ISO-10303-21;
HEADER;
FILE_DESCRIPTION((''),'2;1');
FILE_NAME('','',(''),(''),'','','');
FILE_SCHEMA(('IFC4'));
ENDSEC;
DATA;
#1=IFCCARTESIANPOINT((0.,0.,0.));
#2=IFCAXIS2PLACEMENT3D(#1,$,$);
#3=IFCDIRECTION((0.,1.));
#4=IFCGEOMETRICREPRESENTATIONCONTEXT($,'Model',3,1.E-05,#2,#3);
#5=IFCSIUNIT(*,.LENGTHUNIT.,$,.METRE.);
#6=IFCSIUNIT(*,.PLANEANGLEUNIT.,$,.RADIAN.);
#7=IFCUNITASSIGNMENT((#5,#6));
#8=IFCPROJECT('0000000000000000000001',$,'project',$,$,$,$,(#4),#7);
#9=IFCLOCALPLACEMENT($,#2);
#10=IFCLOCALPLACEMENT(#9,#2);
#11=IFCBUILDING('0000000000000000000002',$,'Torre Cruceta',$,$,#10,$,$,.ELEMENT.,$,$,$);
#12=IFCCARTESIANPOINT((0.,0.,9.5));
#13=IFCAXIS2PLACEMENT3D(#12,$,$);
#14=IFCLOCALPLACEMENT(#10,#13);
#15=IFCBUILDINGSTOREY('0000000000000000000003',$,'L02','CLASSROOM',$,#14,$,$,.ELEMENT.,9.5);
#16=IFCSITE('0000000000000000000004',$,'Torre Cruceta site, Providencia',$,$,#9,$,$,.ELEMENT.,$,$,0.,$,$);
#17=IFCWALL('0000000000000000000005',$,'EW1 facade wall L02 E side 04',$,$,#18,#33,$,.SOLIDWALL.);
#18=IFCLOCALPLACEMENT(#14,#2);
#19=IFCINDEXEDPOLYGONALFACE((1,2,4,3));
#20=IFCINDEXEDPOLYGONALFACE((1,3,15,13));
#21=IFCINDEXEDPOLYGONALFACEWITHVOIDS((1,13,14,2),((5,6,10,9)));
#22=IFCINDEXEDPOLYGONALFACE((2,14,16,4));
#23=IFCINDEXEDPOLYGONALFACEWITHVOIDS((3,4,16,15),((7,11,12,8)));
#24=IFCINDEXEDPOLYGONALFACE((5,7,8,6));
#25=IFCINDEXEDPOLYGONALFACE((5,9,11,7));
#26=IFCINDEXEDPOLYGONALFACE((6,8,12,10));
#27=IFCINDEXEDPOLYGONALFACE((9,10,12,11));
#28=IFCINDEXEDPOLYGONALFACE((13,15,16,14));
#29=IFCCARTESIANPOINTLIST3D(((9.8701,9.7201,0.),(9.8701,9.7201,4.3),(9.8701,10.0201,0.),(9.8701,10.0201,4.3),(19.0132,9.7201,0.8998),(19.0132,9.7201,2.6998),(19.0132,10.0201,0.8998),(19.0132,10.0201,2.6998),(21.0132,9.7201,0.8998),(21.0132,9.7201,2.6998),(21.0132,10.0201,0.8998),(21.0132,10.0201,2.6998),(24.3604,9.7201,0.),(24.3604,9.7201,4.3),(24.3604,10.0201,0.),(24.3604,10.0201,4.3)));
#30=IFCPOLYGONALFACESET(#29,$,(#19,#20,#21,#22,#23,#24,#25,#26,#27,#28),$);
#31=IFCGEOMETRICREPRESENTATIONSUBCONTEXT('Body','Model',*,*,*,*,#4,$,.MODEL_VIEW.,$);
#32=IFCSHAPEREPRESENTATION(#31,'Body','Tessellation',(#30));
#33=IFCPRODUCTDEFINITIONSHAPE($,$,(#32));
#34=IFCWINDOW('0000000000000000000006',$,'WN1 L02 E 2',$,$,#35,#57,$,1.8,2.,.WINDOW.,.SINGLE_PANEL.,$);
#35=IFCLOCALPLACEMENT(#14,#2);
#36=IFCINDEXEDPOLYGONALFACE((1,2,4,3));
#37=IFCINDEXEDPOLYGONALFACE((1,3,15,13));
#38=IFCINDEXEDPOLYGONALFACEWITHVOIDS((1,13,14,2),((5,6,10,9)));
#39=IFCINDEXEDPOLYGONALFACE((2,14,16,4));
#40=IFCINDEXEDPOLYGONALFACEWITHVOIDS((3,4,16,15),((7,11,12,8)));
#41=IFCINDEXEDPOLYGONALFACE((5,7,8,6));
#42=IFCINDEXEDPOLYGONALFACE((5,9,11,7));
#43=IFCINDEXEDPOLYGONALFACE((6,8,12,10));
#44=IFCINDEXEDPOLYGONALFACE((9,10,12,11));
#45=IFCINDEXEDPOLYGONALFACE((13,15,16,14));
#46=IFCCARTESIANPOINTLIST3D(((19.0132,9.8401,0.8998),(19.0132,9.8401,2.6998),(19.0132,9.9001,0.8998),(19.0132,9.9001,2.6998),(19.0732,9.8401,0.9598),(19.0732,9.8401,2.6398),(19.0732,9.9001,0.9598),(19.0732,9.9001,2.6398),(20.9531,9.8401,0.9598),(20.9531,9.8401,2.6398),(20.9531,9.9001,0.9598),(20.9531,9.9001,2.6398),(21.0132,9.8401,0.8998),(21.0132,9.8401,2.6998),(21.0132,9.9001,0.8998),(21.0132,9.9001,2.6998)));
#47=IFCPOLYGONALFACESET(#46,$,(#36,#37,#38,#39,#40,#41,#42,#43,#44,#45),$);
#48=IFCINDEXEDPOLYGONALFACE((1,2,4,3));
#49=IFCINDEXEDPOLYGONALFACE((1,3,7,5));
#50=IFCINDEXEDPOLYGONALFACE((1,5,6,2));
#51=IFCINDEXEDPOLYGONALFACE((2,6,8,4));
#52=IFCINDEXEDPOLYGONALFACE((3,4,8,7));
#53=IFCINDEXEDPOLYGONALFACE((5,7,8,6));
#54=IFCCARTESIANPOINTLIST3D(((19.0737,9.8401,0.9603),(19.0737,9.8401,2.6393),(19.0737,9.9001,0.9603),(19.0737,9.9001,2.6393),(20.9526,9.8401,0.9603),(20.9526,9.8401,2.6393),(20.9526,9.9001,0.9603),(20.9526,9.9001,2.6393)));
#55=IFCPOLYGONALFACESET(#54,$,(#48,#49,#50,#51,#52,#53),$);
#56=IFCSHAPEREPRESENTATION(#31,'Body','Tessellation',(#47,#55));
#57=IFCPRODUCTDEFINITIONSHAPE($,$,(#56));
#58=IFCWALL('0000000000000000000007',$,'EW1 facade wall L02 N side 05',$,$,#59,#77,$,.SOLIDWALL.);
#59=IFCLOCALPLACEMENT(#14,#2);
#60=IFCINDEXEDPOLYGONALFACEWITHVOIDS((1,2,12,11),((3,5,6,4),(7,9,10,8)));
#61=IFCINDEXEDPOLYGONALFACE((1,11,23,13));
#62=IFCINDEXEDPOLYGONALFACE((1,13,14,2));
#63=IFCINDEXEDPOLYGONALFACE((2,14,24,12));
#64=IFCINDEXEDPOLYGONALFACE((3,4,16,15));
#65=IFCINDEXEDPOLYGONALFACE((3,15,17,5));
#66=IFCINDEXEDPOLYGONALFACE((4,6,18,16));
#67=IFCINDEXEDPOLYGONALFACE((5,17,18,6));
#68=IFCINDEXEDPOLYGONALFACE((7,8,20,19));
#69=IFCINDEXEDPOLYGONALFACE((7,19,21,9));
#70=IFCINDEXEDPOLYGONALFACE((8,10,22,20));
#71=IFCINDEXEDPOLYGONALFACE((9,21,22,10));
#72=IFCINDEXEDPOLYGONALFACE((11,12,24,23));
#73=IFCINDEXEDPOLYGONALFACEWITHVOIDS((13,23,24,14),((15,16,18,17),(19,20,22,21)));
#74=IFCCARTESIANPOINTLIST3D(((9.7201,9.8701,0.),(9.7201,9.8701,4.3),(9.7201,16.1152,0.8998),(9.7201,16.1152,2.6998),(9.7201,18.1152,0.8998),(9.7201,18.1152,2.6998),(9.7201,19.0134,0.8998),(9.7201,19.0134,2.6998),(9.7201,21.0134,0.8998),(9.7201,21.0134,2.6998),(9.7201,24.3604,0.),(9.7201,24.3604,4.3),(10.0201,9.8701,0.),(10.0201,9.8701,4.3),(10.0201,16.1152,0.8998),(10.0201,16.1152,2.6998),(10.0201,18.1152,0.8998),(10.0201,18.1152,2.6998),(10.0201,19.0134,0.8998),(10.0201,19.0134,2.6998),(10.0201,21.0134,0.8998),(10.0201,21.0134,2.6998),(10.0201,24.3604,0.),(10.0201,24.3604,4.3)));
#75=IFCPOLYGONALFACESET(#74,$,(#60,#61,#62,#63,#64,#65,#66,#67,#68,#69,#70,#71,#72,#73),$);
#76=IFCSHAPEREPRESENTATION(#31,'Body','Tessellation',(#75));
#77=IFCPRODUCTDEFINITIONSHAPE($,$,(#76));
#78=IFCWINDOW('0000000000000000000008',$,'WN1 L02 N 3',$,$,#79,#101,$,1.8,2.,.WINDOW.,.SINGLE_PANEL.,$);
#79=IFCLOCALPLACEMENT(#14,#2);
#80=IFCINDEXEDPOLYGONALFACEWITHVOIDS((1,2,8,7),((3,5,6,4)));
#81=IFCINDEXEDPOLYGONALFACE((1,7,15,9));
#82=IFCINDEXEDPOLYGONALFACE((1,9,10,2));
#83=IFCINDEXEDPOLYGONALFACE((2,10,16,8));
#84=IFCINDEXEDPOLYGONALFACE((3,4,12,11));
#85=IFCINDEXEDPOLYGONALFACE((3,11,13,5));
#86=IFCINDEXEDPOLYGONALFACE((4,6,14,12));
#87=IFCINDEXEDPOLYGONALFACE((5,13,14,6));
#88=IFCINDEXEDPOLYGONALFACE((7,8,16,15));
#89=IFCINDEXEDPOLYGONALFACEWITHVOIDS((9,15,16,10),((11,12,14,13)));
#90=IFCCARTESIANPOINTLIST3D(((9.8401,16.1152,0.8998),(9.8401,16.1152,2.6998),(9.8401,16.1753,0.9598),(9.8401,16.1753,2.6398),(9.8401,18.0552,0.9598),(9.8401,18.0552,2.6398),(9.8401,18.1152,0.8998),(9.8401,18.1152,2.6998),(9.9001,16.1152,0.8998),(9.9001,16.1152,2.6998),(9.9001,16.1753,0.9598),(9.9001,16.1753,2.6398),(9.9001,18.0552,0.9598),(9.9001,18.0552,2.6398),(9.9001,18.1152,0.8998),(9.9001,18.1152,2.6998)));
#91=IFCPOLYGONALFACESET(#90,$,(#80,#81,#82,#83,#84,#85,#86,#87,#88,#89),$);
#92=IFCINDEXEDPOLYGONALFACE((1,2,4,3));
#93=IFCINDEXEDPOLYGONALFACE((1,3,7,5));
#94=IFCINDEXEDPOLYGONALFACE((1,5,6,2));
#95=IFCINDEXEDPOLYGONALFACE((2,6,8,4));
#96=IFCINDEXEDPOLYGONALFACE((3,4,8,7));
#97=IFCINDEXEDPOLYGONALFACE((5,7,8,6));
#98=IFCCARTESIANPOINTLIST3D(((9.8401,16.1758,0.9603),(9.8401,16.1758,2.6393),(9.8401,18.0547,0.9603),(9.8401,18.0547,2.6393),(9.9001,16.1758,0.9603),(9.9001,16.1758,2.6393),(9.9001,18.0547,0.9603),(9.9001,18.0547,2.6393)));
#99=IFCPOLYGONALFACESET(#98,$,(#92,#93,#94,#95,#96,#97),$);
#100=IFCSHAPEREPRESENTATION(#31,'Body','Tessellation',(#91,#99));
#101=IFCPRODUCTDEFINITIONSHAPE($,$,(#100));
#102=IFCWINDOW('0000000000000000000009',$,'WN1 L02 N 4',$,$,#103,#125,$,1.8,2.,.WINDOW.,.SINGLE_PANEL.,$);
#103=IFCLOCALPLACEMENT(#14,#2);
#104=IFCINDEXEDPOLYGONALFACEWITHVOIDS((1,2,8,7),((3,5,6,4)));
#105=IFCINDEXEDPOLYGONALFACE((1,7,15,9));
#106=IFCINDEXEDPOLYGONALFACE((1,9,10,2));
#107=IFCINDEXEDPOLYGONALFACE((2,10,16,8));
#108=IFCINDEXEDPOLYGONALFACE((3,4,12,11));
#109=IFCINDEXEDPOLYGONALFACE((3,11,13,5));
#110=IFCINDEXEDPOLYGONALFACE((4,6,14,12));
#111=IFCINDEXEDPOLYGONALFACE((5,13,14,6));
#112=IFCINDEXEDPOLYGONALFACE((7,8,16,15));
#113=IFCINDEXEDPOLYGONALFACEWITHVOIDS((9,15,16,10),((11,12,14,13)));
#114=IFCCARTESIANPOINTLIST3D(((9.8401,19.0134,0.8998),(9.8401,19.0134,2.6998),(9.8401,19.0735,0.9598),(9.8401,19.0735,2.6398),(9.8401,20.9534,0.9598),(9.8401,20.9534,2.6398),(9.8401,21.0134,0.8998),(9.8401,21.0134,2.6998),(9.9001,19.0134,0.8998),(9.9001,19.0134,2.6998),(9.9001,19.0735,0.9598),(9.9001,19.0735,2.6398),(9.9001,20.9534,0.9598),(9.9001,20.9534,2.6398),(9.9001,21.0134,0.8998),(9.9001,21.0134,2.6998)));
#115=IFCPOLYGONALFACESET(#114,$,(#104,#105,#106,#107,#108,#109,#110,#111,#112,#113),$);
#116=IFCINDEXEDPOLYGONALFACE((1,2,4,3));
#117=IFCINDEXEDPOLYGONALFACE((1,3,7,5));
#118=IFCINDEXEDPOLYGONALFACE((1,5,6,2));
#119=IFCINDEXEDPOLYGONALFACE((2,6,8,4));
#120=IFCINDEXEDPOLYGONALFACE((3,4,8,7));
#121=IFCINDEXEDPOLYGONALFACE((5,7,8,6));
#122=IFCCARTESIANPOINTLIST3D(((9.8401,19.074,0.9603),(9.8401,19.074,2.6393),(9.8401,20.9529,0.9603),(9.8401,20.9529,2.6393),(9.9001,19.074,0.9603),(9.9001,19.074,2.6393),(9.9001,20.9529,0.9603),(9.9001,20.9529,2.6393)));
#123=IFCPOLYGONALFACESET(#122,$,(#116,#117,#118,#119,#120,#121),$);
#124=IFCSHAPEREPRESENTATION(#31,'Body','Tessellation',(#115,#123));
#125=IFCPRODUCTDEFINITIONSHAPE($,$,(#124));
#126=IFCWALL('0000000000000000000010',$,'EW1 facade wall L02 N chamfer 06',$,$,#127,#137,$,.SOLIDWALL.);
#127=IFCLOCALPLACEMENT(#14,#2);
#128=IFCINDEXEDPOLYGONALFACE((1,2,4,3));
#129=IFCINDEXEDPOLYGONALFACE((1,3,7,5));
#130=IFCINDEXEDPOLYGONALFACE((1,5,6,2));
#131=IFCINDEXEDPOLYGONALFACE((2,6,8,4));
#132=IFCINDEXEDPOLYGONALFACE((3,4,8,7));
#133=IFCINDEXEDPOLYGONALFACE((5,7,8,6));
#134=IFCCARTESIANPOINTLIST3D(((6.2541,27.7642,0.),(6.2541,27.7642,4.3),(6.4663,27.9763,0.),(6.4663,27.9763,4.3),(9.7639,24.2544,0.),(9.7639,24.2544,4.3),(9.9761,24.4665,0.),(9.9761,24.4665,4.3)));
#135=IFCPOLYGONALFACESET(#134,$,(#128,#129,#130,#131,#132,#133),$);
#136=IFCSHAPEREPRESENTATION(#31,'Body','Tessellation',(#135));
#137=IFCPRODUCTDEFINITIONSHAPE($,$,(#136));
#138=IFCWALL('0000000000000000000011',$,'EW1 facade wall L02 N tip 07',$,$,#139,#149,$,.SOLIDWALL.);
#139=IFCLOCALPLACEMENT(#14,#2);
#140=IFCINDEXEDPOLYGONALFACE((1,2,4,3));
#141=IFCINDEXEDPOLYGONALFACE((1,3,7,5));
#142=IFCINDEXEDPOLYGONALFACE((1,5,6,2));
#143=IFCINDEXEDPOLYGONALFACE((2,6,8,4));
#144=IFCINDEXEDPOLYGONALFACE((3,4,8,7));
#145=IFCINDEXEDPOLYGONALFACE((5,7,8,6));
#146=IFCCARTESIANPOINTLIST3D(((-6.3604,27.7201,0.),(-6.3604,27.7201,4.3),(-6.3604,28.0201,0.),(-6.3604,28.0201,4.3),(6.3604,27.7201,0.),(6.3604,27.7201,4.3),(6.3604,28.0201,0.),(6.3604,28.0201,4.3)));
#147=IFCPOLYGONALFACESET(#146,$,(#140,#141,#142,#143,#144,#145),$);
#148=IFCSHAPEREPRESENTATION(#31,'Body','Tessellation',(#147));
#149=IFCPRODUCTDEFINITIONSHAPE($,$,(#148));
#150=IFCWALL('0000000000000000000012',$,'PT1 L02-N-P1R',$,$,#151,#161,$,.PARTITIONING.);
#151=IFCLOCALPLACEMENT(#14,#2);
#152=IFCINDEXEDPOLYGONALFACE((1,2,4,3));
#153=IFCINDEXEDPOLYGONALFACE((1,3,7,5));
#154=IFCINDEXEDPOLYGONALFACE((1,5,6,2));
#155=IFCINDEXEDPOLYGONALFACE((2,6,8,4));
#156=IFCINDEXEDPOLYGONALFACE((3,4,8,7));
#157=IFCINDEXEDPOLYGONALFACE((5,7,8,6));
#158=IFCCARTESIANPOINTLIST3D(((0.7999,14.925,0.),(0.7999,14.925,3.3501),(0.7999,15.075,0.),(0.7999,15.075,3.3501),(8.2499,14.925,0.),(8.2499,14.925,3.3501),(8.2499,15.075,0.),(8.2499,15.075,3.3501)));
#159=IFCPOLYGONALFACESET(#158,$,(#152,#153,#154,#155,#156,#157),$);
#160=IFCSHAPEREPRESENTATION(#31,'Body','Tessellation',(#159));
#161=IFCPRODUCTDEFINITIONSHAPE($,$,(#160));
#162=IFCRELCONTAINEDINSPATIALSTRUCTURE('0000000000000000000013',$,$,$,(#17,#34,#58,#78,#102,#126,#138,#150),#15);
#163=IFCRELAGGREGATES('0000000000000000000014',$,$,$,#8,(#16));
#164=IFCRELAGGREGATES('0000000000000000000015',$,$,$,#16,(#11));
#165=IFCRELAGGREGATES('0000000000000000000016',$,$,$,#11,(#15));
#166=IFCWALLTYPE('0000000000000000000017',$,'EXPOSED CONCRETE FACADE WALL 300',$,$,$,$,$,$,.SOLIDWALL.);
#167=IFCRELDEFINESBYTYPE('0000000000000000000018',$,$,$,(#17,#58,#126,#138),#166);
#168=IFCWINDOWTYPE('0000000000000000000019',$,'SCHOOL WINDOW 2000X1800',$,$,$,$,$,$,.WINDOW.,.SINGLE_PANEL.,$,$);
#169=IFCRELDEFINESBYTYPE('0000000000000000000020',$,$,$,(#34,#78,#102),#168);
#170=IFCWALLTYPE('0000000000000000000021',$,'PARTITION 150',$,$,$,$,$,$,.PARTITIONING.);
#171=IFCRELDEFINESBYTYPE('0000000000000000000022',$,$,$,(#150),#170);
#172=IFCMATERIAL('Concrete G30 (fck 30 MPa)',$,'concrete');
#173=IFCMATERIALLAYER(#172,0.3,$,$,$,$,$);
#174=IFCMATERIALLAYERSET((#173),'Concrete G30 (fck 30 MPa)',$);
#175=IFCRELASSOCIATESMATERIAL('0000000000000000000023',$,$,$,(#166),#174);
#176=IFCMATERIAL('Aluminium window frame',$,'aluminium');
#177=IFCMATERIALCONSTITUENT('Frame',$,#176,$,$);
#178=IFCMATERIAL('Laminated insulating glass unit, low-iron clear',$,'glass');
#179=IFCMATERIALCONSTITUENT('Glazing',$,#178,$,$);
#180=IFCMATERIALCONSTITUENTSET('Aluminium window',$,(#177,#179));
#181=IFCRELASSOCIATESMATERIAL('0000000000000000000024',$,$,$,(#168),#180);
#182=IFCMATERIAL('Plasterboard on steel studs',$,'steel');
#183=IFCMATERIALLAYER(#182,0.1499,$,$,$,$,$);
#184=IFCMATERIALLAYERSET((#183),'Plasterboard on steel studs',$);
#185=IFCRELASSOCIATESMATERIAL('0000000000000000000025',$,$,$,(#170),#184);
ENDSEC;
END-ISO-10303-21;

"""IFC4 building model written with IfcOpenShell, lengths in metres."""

from ifc_helpers import new_model, si_unit, direction, frame, frame_2d, origin, place, context, subcontext, project, spatial, rectangle, hollow_rectangle, extrude, material, layer, layer_set, constituent, constituent_set, type_object, element, fill, save


model = new_model("IFC4")

# Units and contexts
model_context = context("Model", 3, precision=1e-05, world=origin(), true_north=direction((0.0, 1.0)))
body_context = subcontext(model_context, "Body", "Model", "MODEL_VIEW")
ifc_project = project(units=[si_unit("LENGTHUNIT", "METRE"), si_unit("PLANEANGLEUNIT", "RADIAN")], contexts=[model_context])

# Site, building, storey
site_placement = place(None, origin())
site = spatial("IfcSite", under=ifc_project, at=site_placement, Name="Torre Cruceta site, Providencia", CompositionType="ELEMENT", RefElevation=0.0)
building_placement = place(site_placement, origin())
building = spatial("IfcBuilding", under=site, at=building_placement, Name="Torre Cruceta", CompositionType="ELEMENT")
storey_placement = place(building_placement, frame((0.0, 0.0, 9.5)))
storey = spatial("IfcBuildingStorey", under=building, at=storey_placement, Name="L02", Description="CLASSROOM", CompositionType="ELEMENT", Elevation=9.5)

# Wall, opening, window
ifc_material_1 = material(Name="Concrete G30 (fck 30 MPa)", Category="concrete")
ifc_layer_1 = layer(ifc_material_1, 0.3)
ifc_layer_set_1 = layer_set([ifc_layer_1], Name="Concrete G30 (fck 30 MPa)")
wall_type_1 = type_object("IfcWallType", Name="EXPOSED CONCRETE FACADE WALL 300", PredefinedType="SOLIDWALL", material=ifc_layer_set_1)
wall_1_placement = place(storey_placement, frame((24.3604, 9.8701, 0.0), z_axis=(0.0, 0.0, 1.0), x_axis=(-1.0, 0.0, 0.0)))
wall_1 = element("IfcWall", 1, at=wall_1_placement, inside=storey, type_object=wall_type_1, Name="EW1 facade wall L02 E side 04", PredefinedType="SOLIDWALL", context=body_context, shape_type="SweptSolid", body=[
    extrude(rectangle(XDim=14.4902, YDim=0.3, at=frame_2d((7.2451, 0.0))), origin(), (0.0, 0.0, 1.0), 4.3),
])
opening_1_placement = place(wall_1_placement, frame((3.3472, 0.0, 0.8999)))
opening_1 = element("IfcOpeningElement", 2, at=opening_1_placement, cuts=wall_1, PredefinedType="OPENING", context=body_context, shape_type="SweptSolid", body=[
    extrude(rectangle(XDim=2.0, YDim=1.8, at=frame_2d((1.0, 0.8999))), frame((0.0, 0.1599, 0.0), z_axis=(0.0, -1.0, 0.0), x_axis=(1.0, 0.0, 0.0)), (0.0, 0.0, 1.0), 0.3201),
])
ifc_material_2 = material(Name="Aluminium window frame", Category="aluminium")
ifc_constituent_1 = constituent(ifc_material_2, Name="Frame")
ifc_material_3 = material(Name="Laminated insulating glass unit, low-iron clear", Category="glass")
ifc_constituent_2 = constituent(ifc_material_3, Name="Glazing")
ifc_constituent_set_1 = constituent_set(constituents=[ifc_constituent_1, ifc_constituent_2], Name="Aluminium window")
window_type = type_object("IfcWindowType", Name="SCHOOL WINDOW 2000X1800", PartitioningType="SINGLE_PANEL", PredefinedType="WINDOW", material=ifc_constituent_set_1)
window_1_placement = place(opening_1_placement, origin())
window_1 = element("IfcWindow", 3, at=window_1_placement, inside=storey, type_object=window_type, Name="WN1 L02 E 2", OverallHeight=1.8, OverallWidth=2.0, PartitioningType="SINGLE_PANEL", PredefinedType="WINDOW", context=body_context, shape_type="SweptSolid", body=[
    extrude(hollow_rectangle(XDim=2.0, YDim=1.8, WallThickness=0.0601, at=frame_2d((1.0, 0.8999))), frame((0.0, 0.03, 0.0), z_axis=(0.0, -1.0, 0.0), x_axis=(1.0, 0.0, 0.0)), (0.0, 0.0, 1.0), 0.0601),
    extrude(rectangle(XDim=1.8789, YDim=1.679, at=frame_2d((1.0, 0.8999))), frame((0.0, 0.03, 0.0), z_axis=(0.0, -1.0, 0.0), x_axis=(1.0, 0.0, 0.0)), (0.0, 0.0, 1.0), 0.0601),
])
fill(opening_1, window_1)

# Wall, openings, windows
wall_2_placement = place(storey_placement, frame((9.8701, 9.8701, 0.0), z_axis=(0.0, 0.0, 1.0), x_axis=(0.0, 1.0, 0.0)))
wall_2 = element("IfcWall", 4, at=wall_2_placement, inside=storey, type_object=wall_type_1, Name="EW1 facade wall L02 N side 05", PredefinedType="SOLIDWALL", context=body_context, shape_type="SweptSolid", body=[
    extrude(rectangle(XDim=14.4902, YDim=0.3, at=frame_2d((7.2451, 0.0))), origin(), (0.0, 0.0, 1.0), 4.3),
])
opening_2_placement = place(wall_2_placement, frame((6.2451, 0.0, 0.8999)))
opening_2 = element("IfcOpeningElement", 5, at=opening_2_placement, cuts=wall_2, PredefinedType="OPENING", context=body_context, shape_type="SweptSolid", body=[
    extrude(rectangle(XDim=2.0, YDim=1.8, at=frame_2d((1.0, 0.8999))), frame((0.0, 0.1599, 0.0), z_axis=(0.0, -1.0, 0.0), x_axis=(1.0, 0.0, 0.0)), (0.0, 0.0, 1.0), 0.3201),
])
opening_3_placement = place(wall_2_placement, frame((9.1433, 0.0, 0.8999)))
opening_3 = element("IfcOpeningElement", 6, at=opening_3_placement, cuts=wall_2, PredefinedType="OPENING", context=body_context, shape_type="SweptSolid", body=[
    extrude(rectangle(XDim=2.0, YDim=1.8, at=frame_2d((1.0, 0.8999))), frame((0.0, 0.1599, 0.0), z_axis=(0.0, -1.0, 0.0), x_axis=(1.0, 0.0, 0.0)), (0.0, 0.0, 1.0), 0.3201),
])
window_2_placement = place(opening_2_placement, origin())
window_2 = element("IfcWindow", 7, at=window_2_placement, inside=storey, type_object=window_type, Name="WN1 L02 N 3", OverallHeight=1.8, OverallWidth=2.0, PartitioningType="SINGLE_PANEL", PredefinedType="WINDOW", context=body_context, shape_type="SweptSolid", body=[
    extrude(hollow_rectangle(XDim=2.0, YDim=1.8, WallThickness=0.0601, at=frame_2d((1.0, 0.8999))), frame((0.0, 0.03, 0.0), z_axis=(0.0, -1.0, 0.0), x_axis=(1.0, 0.0, 0.0)), (0.0, 0.0, 1.0), 0.0601),
    extrude(rectangle(XDim=1.8789, YDim=1.679, at=frame_2d((1.0, 0.8999))), frame((0.0, 0.03, 0.0), z_axis=(0.0, -1.0, 0.0), x_axis=(1.0, 0.0, 0.0)), (0.0, 0.0, 1.0), 0.0601),
])
fill(opening_2, window_2)
window_3_placement = place(opening_3_placement, origin())
window_3 = element("IfcWindow", 8, at=window_3_placement, inside=storey, type_object=window_type, Name="WN1 L02 N 4", OverallHeight=1.8, OverallWidth=2.0, PartitioningType="SINGLE_PANEL", PredefinedType="WINDOW", context=body_context, shape_type="SweptSolid", body=[
    extrude(hollow_rectangle(XDim=2.0, YDim=1.8, WallThickness=0.0601, at=frame_2d((1.0, 0.8999))), frame((0.0, 0.03, 0.0), z_axis=(0.0, -1.0, 0.0), x_axis=(1.0, 0.0, 0.0)), (0.0, 0.0, 1.0), 0.0601),
    extrude(rectangle(XDim=1.8789, YDim=1.679, at=frame_2d((1.0, 0.8999))), frame((0.0, 0.03, 0.0), z_axis=(0.0, -1.0, 0.0), x_axis=(1.0, 0.0, 0.0)), (0.0, 0.0, 1.0), 0.0601),
])
fill(opening_3, window_3)

# Walls
wall_3_placement = place(storey_placement, frame((9.8701, 24.3604, 0.0), z_axis=(0.0, 0.0, 1.0), x_axis=(-0.707107, 0.707107, 0.0)))
element("IfcWall", 9, at=wall_3_placement, inside=storey, type_object=wall_type_1, Name="EW1 facade wall L02 N chamfer 06", PredefinedType="SOLIDWALL", context=body_context, shape_type="SweptSolid", body=[
    extrude(rectangle(XDim=4.9636, YDim=0.3, at=frame_2d((2.4819, 0.0))), origin(), (0.0, 0.0, 1.0), 4.3),
])
wall_4_placement = place(storey_placement, frame((6.3604, 27.8701, 0.0), z_axis=(0.0, 0.0, 1.0), x_axis=(-1.0, 0.0, 0.0)))
element("IfcWall", 10, at=wall_4_placement, inside=storey, type_object=wall_type_1, Name="EW1 facade wall L02 N tip 07", PredefinedType="SOLIDWALL", context=body_context, shape_type="SweptSolid", body=[
    extrude(rectangle(XDim=12.7207, YDim=0.3, at=frame_2d((6.3604, 0.0))), origin(), (0.0, 0.0, 1.0), 4.3),
])
ifc_material_4 = material(Name="Plasterboard on steel studs", Category="steel")
ifc_layer_2 = layer(ifc_material_4, 0.1499)
ifc_layer_set_2 = layer_set([ifc_layer_2], Name="Plasterboard on steel studs")
wall_type_2 = type_object("IfcWallType", Name="PARTITION 150", PredefinedType="PARTITIONING", material=ifc_layer_set_2)
wall_5_placement = place(storey_placement, frame((8.25, 15.0, 0.0), z_axis=(0.0, 0.0, 1.0), x_axis=(-1.0, 0.0, 0.0)))
element("IfcWall", 11, at=wall_5_placement, inside=storey, type_object=wall_type_2, Name="PT1 L02-N-P1R", PredefinedType="PARTITIONING", context=body_context, shape_type="SweptSolid", body=[
    extrude(rectangle(XDim=7.45, YDim=0.1499, at=frame_2d((3.7251, 0.0))), origin(), (0.0, 0.0, 1.0), 3.3501),
])

save(model, "model.ifc")
